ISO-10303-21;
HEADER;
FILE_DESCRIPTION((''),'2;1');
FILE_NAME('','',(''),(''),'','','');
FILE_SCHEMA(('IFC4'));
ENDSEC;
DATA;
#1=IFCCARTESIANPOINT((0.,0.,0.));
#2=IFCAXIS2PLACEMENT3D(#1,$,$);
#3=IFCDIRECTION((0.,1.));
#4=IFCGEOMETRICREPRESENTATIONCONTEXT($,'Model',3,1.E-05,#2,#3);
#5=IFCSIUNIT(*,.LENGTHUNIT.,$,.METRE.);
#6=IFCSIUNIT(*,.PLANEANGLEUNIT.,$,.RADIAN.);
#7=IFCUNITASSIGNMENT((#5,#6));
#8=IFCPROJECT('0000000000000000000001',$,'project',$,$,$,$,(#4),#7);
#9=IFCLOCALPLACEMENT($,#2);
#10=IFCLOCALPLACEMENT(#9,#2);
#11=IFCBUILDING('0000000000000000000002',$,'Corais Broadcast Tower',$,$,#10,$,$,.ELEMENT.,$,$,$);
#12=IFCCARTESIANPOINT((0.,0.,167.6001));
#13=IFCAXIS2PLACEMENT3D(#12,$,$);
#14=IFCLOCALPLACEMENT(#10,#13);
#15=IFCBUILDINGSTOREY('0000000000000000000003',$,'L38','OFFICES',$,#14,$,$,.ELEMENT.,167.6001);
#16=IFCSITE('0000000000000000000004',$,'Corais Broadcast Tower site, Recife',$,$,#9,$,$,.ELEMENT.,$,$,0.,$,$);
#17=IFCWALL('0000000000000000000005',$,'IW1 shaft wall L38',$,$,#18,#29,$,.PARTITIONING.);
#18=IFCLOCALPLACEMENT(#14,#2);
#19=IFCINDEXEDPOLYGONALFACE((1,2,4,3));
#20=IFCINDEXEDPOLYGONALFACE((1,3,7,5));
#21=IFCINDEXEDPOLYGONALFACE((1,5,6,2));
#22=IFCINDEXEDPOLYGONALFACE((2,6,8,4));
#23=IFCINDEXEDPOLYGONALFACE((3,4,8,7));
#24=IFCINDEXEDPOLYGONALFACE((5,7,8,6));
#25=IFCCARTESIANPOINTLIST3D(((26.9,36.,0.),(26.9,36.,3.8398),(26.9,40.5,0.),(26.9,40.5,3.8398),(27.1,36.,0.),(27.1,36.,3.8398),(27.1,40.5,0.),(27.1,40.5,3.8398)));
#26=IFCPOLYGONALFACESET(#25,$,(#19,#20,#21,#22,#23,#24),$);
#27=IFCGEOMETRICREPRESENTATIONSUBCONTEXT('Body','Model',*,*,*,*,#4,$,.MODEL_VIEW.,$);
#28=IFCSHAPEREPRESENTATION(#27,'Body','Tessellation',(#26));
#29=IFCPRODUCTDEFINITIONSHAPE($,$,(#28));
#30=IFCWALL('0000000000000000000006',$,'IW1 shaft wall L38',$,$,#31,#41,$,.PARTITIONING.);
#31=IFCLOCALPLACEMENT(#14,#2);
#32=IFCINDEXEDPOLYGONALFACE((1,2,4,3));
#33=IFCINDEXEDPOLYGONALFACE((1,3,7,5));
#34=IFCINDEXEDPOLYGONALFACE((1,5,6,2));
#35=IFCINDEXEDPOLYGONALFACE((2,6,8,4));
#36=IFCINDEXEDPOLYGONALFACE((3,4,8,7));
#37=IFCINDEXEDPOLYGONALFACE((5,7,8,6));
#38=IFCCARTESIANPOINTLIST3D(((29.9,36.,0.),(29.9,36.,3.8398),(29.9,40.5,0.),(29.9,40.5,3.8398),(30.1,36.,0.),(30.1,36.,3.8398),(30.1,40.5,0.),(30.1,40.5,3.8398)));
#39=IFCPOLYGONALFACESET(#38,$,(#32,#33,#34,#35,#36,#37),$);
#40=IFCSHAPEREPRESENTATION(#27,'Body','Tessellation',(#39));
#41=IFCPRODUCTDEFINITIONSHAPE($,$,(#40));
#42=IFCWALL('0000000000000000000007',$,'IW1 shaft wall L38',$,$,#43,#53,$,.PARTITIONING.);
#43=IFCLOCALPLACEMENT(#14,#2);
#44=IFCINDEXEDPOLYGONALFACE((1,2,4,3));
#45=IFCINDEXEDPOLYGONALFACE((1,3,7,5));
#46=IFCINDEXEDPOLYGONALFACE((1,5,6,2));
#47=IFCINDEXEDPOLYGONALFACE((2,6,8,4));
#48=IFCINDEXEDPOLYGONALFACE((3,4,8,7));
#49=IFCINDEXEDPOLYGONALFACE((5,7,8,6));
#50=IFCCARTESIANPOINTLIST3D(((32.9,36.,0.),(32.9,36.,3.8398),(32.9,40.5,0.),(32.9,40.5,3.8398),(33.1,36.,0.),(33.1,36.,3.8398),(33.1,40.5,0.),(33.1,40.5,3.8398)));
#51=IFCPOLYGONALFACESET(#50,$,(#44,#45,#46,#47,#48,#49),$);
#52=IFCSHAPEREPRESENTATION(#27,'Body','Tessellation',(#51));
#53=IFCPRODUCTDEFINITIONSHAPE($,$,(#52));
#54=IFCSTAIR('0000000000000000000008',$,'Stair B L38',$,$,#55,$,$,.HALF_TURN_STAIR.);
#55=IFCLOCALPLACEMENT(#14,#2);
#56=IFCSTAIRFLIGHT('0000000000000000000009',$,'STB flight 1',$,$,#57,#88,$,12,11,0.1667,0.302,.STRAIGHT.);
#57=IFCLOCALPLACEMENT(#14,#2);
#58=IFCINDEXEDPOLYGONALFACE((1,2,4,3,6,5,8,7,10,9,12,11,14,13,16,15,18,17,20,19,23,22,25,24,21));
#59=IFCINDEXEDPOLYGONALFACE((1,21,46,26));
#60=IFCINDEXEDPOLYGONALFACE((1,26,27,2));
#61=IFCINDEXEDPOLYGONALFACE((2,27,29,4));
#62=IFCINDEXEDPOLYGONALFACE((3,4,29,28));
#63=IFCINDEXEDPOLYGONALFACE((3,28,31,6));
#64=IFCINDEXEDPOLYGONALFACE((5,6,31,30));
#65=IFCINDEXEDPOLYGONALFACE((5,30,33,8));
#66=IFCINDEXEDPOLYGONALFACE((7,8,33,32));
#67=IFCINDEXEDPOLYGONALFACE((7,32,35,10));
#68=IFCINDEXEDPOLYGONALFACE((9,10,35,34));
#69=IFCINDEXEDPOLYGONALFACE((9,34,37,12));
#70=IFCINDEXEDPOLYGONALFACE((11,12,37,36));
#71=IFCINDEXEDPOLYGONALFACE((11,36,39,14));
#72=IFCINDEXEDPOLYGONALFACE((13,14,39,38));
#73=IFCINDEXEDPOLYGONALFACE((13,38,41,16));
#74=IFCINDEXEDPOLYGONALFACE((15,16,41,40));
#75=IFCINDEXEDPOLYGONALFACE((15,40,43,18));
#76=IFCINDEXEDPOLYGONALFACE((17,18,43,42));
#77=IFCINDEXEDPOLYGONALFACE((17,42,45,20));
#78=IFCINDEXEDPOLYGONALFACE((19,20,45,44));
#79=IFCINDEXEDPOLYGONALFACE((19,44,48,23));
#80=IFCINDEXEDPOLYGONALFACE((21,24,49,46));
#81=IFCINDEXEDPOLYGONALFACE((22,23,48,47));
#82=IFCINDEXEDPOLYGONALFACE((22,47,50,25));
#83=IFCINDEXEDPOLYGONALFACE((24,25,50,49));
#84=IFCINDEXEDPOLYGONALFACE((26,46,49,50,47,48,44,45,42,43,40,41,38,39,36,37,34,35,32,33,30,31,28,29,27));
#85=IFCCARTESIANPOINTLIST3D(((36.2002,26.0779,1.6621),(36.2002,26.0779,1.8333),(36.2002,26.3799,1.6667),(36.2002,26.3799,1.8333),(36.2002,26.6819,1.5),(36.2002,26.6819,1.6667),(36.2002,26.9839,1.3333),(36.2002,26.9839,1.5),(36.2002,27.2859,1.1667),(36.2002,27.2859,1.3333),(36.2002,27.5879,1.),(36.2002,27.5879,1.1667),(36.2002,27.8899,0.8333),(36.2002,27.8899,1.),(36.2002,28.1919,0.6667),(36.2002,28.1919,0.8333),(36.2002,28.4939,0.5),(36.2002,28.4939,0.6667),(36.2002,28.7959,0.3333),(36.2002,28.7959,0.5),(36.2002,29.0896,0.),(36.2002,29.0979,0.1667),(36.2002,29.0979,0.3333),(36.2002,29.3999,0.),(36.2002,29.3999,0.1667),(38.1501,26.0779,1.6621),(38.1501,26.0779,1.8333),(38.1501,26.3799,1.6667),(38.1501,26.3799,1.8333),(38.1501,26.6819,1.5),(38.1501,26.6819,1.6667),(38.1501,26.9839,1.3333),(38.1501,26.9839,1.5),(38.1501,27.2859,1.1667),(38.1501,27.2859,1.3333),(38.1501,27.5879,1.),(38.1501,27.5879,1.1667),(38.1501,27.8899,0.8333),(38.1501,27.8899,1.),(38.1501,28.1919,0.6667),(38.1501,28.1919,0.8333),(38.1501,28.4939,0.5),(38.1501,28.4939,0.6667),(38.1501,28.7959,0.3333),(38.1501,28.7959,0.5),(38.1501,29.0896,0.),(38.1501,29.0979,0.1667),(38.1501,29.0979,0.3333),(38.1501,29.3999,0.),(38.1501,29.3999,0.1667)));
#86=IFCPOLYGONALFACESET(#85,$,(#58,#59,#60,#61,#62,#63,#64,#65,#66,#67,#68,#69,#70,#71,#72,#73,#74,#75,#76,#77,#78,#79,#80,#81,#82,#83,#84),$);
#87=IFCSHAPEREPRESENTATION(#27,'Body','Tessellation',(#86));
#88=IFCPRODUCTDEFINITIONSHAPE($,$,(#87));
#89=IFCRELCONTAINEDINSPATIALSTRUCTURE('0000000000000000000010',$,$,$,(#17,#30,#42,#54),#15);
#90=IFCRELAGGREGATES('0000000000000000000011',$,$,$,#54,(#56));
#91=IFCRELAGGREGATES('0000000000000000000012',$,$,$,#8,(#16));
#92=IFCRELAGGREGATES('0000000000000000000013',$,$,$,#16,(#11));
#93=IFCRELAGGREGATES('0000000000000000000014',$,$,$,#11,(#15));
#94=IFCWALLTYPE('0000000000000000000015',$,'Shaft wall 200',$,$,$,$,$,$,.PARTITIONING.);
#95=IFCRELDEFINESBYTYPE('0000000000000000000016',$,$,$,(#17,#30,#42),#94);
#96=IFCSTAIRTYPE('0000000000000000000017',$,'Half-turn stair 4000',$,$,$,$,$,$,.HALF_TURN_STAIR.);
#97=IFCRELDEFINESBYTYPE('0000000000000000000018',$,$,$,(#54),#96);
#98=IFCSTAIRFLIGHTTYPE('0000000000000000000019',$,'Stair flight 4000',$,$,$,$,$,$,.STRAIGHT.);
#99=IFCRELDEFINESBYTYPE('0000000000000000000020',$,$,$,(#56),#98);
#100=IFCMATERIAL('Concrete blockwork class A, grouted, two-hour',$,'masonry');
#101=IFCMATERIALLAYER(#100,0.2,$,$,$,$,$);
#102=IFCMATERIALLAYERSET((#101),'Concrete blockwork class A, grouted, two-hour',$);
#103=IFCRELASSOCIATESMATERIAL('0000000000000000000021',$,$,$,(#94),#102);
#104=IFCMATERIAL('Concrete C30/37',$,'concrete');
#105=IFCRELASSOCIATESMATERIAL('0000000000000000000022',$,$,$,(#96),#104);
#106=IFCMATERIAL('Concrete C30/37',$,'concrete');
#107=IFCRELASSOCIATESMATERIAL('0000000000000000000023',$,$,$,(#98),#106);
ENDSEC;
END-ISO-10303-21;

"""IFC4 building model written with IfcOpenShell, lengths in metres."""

from ifc_helpers import new_model, si_unit, direction, frame, frame_2d, origin, place, context, subcontext, project, spatial, polyline, rectangle, outline, extrude, material, layer, layer_set, type_object, element, aggregate, save


model = new_model("IFC4")

# Units and contexts
model_context = context("Model", 3, precision=1e-05, world=origin(), true_north=direction((0.0, 1.0)))
body_context = subcontext(model_context, "Body", "Model", "MODEL_VIEW")
ifc_project = project(units=[si_unit("LENGTHUNIT", "METRE"), si_unit("PLANEANGLEUNIT", "RADIAN")], contexts=[model_context])

# Site, building, storey
site_placement = place(None, origin())
site = spatial("IfcSite", under=ifc_project, at=site_placement, Name="Corais Broadcast Tower site, Recife", CompositionType="ELEMENT", RefElevation=0.0)
building_placement = place(site_placement, origin())
building = spatial("IfcBuilding", under=site, at=building_placement, Name="Corais Broadcast Tower", CompositionType="ELEMENT")
storey_placement = place(building_placement, frame((0.0, 0.0, 167.6001)))
storey = spatial("IfcBuildingStorey", under=building, at=storey_placement, Name="L38", Description="OFFICES", CompositionType="ELEMENT", Elevation=167.6001)

# Walls
ifc_material_1 = material(Name="Concrete blockwork class A, grouted, two-hour", Category="masonry")
ifc_layer_1 = layer(ifc_material_1, 0.2)
ifc_layer_set_1 = layer_set([ifc_layer_1], Name="Concrete blockwork class A, grouted, two-hour")
wall_type_1 = type_object("IfcWallType", Name="Shaft wall 200", PredefinedType="PARTITIONING", material=ifc_layer_set_1)
for number, where, z_axis, x_axis, name in (
    (1, (27.0, 36.0, 0.0), (0.0, 0.0, 1.0), (0.0, 1.0, 0.0), "IW1 shaft wall L38"),
    (2, (30.0, 36.0, 0.0), (0.0, 0.0, 1.0), (0.0, 1.0, 0.0), "IW1 shaft wall L38"),
    (3, (33.0, 36.0, 0.0), (0.0, 0.0, 1.0), (0.0, 1.0, 0.0), "IW1 shaft wall L38"),
):
    element("IfcWall", number, at=place(storey_placement, frame(where, z_axis=z_axis, x_axis=x_axis)), inside=storey, type_object=wall_type_1, Name=name, PredefinedType="PARTITIONING", context=body_context, shape_type="SweptSolid", body=[
        extrude(rectangle(XDim=4.5, YDim=0.2, at=frame_2d((2.25, 0.0))), origin(), (0.0, 0.0, 1.0), 3.8398),
    ])

# Stair, stair flight
ifc_material_2 = material(Name="Concrete C30/37", Category="concrete")
stair_type = type_object("IfcStairType", Name="Half-turn stair 4000", PredefinedType="HALF_TURN_STAIR", material=ifc_material_2)
stair_placement = place(storey_placement, origin())
stair = element("IfcStair", 4, at=stair_placement, inside=storey, type_object=stair_type, Name="Stair B L38", PredefinedType="HALF_TURN_STAIR")
ifc_material_3 = material(Name="Concrete C30/37", Category="concrete")
stair_flight_type = type_object("IfcStairFlightType", Name="Stair flight 4000", PredefinedType="STRAIGHT", material=ifc_material_3)
stair_flight_placement = place(storey_placement, frame((37.175, 29.3999, 0.0), z_axis=(0.0, 0.0, 1.0), x_axis=(0.0, -1.0, 0.0)))
stair_flight = element("IfcStairFlight", 5, at=stair_flight_placement, type_object=stair_flight_type, Name="STB flight 1", NumberOfRisers=12, NumberOfTreads=11, PredefinedType="STRAIGHT", RiserHeight=0.1667, TreadLength=0.302, context=body_context, shape_type="SweptSolid", body=[
    extrude(outline(polyline([(0.0, 0.0), (0.0, 0.1667), (0.302, 0.1667), (0.302, 0.3333), (0.604, 0.3333), (0.604, 0.5), (0.906, 0.5), (0.906, 0.6667), (1.208, 0.6667), (1.208, 0.8333), (1.51, 0.8333), (1.51, 1.0), (1.812, 1.0), (1.812, 1.1667), (2.114, 1.1667), (2.114, 1.3333), (2.416, 1.3333), (2.416, 1.5), (2.718, 1.5), (2.718, 1.6667), (3.02, 1.6667), (3.02, 1.8333), (3.322, 1.8333), (3.322, 2.0), (3.322, 1.6621), (0.3103, 0.0), (0.0, 0.0)])), frame((0.0, 0.9751, 0.0), z_axis=(0.0, -1.0, 0.0), x_axis=(1.0, 0.0, 0.0)), (0.0, 0.0, 1.0), 1.95),
])
aggregate(stair, [stair_flight])

save(model, "model.ifc")
